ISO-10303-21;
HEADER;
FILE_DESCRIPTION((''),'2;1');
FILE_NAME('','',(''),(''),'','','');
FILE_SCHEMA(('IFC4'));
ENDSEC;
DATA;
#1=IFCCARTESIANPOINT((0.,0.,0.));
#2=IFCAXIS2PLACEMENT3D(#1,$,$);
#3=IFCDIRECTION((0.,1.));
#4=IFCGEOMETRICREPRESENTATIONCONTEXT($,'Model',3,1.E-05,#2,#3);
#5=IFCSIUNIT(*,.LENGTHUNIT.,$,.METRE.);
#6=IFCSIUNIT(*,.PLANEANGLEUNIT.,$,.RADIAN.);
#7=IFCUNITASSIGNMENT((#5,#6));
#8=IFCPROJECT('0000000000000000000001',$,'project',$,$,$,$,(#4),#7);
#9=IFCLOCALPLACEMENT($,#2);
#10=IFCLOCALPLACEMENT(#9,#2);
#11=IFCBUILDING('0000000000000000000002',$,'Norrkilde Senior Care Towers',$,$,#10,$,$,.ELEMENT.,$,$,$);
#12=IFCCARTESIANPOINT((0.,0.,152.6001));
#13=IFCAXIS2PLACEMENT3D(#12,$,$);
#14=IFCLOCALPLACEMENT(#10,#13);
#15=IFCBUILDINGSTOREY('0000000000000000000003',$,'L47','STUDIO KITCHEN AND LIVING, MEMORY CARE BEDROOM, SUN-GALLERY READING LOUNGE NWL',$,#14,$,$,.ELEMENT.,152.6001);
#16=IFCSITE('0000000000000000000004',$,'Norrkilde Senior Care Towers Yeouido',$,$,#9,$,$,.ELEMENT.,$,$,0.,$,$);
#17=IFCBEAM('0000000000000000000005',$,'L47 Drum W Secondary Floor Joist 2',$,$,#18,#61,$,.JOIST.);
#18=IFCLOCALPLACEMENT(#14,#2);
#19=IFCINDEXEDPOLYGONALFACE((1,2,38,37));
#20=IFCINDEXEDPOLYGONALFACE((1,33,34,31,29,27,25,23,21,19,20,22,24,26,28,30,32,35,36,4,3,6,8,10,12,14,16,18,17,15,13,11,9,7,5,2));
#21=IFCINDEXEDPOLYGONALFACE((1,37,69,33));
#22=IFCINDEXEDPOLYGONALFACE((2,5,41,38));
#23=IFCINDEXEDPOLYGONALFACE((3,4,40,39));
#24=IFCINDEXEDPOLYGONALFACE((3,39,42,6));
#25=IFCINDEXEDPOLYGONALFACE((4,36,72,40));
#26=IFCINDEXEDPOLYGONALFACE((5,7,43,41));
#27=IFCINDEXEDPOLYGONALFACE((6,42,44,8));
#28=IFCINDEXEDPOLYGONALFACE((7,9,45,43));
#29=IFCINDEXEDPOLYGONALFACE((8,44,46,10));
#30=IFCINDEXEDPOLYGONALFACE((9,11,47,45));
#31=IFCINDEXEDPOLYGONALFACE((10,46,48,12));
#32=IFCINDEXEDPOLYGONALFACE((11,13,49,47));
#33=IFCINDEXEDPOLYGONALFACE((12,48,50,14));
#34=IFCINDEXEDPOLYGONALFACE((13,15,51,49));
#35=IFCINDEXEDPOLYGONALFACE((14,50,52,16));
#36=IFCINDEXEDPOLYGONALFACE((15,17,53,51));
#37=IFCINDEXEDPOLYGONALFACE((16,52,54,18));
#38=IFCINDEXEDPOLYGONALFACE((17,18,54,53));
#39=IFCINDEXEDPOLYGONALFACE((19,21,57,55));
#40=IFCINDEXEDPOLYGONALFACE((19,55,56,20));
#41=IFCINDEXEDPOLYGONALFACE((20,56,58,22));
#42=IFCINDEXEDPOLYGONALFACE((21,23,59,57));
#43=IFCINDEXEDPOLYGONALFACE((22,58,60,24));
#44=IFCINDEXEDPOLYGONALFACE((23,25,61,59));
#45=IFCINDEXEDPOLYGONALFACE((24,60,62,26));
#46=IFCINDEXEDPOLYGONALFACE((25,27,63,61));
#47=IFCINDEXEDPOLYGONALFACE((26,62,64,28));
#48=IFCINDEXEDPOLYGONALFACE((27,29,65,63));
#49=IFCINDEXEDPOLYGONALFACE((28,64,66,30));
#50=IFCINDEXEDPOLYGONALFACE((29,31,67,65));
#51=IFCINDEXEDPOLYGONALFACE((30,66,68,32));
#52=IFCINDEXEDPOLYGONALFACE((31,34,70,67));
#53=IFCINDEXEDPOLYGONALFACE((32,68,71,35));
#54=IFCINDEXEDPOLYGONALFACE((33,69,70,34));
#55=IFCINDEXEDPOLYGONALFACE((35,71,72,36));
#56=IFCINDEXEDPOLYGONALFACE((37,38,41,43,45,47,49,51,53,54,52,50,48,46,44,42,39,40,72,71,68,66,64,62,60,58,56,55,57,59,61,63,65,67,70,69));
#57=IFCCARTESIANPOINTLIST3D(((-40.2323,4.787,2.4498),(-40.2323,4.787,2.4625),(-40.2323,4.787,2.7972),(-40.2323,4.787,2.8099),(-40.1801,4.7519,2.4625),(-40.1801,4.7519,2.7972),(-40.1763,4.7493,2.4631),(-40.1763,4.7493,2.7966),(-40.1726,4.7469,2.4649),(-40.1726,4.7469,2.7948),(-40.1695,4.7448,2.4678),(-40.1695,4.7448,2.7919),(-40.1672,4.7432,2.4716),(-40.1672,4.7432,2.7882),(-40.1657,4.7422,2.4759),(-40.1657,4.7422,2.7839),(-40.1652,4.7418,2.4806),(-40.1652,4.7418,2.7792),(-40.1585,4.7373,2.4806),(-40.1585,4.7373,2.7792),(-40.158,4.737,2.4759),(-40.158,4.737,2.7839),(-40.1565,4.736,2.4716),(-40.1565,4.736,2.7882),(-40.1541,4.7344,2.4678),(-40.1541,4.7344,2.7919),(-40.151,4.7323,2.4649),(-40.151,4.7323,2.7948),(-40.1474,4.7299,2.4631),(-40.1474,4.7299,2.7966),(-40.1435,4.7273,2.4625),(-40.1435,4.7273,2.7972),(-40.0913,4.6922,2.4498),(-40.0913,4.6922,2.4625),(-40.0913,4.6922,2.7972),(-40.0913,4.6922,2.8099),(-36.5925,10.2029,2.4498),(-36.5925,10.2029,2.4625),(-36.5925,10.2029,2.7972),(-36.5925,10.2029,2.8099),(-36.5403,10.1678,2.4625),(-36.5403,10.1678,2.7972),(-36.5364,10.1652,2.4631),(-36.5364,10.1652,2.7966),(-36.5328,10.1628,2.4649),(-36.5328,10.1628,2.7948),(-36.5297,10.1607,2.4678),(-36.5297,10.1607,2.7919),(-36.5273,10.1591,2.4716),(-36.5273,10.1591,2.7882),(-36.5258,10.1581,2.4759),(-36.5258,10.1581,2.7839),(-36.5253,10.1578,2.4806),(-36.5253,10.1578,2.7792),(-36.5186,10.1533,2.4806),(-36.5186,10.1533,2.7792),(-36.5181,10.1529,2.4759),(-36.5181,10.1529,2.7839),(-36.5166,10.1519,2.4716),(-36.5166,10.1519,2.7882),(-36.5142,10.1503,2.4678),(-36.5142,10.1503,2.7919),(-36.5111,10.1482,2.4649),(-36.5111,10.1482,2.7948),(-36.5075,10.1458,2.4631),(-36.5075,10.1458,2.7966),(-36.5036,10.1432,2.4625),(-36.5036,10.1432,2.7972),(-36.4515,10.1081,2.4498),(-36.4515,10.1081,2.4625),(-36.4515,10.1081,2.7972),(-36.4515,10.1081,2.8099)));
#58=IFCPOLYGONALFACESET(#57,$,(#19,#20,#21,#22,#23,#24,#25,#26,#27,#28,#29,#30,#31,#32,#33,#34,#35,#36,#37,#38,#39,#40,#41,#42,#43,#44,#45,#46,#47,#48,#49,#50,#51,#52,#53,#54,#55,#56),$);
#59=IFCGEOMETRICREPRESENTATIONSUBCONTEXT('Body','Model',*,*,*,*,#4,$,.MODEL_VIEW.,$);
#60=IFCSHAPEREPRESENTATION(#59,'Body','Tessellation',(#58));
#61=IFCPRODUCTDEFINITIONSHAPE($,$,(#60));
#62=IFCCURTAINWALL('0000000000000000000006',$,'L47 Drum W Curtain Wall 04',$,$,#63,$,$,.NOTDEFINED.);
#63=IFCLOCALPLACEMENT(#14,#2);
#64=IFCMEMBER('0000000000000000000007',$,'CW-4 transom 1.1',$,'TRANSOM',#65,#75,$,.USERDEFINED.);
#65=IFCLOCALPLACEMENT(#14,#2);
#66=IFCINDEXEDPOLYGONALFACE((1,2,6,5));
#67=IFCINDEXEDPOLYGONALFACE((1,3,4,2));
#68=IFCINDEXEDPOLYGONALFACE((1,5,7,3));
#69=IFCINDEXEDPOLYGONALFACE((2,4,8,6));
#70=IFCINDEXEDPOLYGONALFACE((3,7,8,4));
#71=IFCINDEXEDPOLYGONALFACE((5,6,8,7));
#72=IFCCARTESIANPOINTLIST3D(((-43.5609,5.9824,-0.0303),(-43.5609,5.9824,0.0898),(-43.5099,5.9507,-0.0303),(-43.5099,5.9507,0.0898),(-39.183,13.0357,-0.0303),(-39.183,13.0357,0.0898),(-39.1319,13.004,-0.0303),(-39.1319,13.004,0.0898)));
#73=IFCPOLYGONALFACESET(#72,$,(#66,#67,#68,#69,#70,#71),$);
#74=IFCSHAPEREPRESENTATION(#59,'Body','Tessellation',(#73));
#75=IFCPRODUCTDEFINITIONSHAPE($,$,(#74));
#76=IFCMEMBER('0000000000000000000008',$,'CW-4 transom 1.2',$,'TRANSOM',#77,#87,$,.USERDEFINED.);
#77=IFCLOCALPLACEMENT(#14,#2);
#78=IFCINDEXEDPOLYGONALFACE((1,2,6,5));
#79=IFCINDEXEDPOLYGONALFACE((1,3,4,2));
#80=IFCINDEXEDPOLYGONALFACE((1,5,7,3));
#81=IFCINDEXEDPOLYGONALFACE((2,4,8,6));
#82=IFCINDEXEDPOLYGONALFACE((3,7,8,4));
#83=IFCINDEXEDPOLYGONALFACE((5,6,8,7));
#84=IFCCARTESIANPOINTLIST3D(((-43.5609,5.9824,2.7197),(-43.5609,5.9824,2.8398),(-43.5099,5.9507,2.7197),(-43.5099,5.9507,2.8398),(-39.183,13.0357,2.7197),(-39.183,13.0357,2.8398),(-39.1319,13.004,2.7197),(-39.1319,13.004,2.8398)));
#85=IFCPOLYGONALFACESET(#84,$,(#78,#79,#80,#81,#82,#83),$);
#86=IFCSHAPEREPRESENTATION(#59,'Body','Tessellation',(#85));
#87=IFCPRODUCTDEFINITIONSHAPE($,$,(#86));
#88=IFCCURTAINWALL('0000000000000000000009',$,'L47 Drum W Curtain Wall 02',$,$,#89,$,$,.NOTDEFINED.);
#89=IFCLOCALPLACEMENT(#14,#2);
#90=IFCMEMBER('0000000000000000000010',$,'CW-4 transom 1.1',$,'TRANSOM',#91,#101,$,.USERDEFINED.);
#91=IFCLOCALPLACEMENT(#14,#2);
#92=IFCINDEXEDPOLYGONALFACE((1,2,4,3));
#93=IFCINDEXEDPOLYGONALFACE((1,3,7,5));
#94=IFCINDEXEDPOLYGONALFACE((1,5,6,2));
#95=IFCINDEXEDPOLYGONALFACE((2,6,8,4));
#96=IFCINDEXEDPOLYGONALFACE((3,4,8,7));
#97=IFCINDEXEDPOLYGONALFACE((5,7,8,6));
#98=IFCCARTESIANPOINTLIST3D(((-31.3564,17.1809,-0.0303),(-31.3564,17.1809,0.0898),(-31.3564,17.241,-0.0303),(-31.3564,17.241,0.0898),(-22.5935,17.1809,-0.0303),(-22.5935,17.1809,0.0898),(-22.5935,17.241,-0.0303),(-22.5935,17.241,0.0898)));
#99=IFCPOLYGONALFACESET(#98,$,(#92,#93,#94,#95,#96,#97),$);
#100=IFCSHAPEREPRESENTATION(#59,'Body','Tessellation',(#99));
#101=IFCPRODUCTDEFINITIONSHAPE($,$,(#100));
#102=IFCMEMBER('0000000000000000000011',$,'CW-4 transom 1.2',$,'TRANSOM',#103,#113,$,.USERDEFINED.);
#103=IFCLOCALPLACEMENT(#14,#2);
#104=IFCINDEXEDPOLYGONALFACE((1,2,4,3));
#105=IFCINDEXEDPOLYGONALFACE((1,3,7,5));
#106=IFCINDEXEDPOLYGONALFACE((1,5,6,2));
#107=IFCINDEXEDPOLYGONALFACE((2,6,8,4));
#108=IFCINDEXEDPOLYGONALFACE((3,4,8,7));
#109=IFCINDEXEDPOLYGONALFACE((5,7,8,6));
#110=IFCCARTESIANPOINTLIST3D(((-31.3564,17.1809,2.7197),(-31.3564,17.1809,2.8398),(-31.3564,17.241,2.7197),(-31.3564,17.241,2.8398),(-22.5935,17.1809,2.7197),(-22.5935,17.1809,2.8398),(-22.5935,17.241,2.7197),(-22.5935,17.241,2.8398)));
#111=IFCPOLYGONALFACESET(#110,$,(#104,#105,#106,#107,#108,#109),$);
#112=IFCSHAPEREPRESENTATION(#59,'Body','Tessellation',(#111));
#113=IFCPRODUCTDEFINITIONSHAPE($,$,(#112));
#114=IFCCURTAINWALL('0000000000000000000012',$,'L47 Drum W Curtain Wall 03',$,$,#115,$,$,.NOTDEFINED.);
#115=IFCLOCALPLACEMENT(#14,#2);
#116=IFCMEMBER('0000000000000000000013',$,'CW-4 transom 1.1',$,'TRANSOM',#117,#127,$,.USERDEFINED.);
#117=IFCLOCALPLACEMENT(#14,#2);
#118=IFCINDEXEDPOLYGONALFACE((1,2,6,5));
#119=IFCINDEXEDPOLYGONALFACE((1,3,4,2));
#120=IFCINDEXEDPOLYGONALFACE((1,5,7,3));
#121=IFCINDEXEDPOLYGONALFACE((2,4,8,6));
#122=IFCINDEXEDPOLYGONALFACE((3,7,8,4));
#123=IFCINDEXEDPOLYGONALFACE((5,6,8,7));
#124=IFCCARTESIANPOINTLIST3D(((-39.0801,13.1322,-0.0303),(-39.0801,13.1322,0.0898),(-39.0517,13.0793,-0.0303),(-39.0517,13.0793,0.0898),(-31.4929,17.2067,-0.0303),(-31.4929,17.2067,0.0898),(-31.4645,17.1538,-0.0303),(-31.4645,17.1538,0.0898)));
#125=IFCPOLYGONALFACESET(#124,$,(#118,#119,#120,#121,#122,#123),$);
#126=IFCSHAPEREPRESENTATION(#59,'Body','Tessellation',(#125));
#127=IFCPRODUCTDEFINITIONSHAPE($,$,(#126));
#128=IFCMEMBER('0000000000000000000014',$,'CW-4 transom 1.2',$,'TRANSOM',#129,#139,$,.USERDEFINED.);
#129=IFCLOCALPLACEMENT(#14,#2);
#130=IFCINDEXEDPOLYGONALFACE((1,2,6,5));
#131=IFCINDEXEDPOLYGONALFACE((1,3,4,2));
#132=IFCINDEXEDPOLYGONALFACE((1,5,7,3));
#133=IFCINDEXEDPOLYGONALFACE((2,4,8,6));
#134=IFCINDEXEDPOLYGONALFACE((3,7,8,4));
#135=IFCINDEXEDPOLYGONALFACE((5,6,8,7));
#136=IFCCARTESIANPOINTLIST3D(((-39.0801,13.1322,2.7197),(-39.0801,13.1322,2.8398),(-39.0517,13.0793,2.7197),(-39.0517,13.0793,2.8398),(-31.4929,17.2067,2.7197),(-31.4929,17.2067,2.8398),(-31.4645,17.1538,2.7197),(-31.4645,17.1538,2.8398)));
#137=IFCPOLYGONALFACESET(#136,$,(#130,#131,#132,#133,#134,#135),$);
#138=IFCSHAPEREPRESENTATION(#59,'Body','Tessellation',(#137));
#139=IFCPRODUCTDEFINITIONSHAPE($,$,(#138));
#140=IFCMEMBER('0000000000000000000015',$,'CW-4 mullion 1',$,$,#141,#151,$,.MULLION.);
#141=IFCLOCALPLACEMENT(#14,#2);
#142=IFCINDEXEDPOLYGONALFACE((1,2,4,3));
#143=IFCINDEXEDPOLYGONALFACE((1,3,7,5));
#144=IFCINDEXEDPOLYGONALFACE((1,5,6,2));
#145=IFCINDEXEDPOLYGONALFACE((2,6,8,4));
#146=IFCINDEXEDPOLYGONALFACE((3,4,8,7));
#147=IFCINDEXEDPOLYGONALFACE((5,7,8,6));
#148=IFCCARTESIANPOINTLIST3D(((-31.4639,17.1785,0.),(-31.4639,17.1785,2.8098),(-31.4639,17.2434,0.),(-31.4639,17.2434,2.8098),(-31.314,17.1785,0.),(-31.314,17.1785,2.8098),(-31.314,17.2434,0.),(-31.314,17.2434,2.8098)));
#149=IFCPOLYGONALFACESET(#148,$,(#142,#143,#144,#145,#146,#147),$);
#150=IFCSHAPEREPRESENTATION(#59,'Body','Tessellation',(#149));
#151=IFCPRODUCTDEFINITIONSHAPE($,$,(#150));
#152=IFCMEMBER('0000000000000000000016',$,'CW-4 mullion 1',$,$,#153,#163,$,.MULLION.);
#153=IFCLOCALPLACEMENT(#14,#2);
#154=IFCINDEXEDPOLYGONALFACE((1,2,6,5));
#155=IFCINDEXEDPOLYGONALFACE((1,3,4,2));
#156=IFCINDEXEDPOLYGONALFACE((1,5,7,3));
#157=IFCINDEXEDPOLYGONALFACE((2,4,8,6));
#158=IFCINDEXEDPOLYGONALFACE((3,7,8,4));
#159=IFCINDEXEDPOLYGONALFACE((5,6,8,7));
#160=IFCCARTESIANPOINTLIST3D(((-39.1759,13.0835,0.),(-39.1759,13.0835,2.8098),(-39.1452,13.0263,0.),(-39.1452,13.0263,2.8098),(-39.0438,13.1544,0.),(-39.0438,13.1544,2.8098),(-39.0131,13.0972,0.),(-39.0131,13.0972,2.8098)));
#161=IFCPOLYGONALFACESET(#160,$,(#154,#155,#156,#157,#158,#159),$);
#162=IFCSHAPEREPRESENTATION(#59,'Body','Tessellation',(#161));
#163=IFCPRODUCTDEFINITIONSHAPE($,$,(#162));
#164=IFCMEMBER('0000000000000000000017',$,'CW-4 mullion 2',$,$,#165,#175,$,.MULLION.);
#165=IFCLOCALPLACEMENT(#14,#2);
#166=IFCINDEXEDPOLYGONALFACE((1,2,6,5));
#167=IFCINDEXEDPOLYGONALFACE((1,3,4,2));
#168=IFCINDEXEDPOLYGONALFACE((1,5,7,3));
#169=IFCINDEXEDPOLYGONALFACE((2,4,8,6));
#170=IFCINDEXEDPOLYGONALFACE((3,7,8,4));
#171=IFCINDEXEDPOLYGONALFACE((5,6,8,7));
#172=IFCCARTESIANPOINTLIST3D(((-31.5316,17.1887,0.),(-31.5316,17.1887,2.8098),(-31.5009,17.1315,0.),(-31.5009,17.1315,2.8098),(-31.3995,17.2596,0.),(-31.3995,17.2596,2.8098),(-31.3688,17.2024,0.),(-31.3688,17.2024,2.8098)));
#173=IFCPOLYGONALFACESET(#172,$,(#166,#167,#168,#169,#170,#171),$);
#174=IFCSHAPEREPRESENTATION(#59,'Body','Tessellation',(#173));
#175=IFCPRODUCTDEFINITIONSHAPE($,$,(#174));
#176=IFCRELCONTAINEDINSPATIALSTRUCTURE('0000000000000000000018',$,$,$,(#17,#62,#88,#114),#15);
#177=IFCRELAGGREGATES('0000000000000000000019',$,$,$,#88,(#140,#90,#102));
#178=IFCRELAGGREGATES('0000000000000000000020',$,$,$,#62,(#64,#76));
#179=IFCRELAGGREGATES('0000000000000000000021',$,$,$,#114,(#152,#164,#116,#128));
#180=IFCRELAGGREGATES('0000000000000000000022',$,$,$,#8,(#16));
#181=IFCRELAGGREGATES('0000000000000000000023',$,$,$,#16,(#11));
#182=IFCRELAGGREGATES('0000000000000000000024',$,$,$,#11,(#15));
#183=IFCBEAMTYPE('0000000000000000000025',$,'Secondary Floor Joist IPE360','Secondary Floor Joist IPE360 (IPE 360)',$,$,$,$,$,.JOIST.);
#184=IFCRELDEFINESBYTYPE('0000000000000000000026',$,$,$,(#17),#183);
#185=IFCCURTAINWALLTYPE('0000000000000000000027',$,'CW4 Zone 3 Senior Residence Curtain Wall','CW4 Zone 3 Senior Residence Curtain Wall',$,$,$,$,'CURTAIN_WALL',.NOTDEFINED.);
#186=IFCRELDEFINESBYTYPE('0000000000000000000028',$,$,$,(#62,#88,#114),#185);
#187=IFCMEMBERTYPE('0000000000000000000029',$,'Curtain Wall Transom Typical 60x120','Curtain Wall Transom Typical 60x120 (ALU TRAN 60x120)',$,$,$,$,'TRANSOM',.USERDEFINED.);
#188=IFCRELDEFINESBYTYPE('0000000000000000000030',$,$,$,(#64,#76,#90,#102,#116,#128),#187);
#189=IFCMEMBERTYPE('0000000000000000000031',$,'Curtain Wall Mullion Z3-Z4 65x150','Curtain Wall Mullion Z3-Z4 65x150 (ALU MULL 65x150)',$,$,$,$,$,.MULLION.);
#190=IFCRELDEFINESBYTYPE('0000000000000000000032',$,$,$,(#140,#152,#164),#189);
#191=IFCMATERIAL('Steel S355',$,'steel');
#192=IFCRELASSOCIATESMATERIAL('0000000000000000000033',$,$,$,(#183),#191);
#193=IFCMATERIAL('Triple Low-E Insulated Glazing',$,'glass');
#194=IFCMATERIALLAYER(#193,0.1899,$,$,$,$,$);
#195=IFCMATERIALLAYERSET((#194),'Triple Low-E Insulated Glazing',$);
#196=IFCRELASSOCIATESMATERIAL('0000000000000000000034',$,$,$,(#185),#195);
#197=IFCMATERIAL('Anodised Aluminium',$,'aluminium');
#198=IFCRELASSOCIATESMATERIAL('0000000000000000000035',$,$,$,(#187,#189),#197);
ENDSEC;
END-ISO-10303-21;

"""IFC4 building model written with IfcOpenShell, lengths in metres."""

from ifc_helpers import new_model, si_unit, direction, frame, origin, origin_2d, place, context, subcontext, project, spatial, rectangle, i_section, extrude, source, transform, mapped, material, layer, layer_set, material_profile, profile_set, type_object, type_shapes, element, aggregate, save


model = new_model("IFC4")

# Units and contexts
model_context = context("Model", 3, precision=1e-05, world=origin(), true_north=direction((0.0, 1.0)))
body_context = subcontext(model_context, "Body", "Model", "MODEL_VIEW")
ifc_project = project(units=[si_unit("LENGTHUNIT", "METRE"), si_unit("PLANEANGLEUNIT", "RADIAN")], contexts=[model_context])

# Site, building, storey
site_placement = place(None, origin())
site = spatial("IfcSite", under=ifc_project, at=site_placement, Name="Norrkilde Senior Care Towers Yeouido", CompositionType="ELEMENT", RefElevation=0.0)
building_placement = place(site_placement, origin())
building = spatial("IfcBuilding", under=site, at=building_placement, Name="Norrkilde Senior Care Towers", CompositionType="ELEMENT")
storey_placement = place(building_placement, frame((0.0, 0.0, 152.6001)))
storey = spatial("IfcBuildingStorey", under=building, at=storey_placement, Name="L47", Description="STUDIO KITCHEN AND LIVING, MEMORY CARE BEDROOM, SUN-GALLERY READING LOUNGE NWL", CompositionType="ELEMENT", Elevation=152.6001)

# Beam
ifc_material_1 = material(Name="Steel S355", Category="steel")
ifc_material_profile_1 = material_profile(ifc_material_1, i_section(OverallWidth=0.1699, OverallDepth=0.3601, WebThickness=0.0081, FlangeThickness=0.0127, FilletRadius=0.0181, at=origin_2d()), Name="IPE 360")
ifc_profile_set_1 = profile_set([ifc_material_profile_1], Name="Steel S355")
beam_type_1 = type_object("IfcBeamType", Name="Secondary Floor Joist IPE360", Description="Secondary Floor Joist IPE360 (IPE 360)", PredefinedType="JOIST", material=ifc_profile_set_1)
shared_shape_1 = source(origin(), body_context, "Body", "SweptSolid", [
    extrude(i_section(OverallWidth=0.1699, OverallDepth=0.3601, WebThickness=0.0081, FlangeThickness=0.0127, FilletRadius=0.0181, at=origin_2d()), origin(), (0.0, 0.0, 1.0), 6.5254),
])
type_shapes(beam_type_1, [shared_shape_1])
beam_1_placement = place(storey_placement, frame((-36.522, 10.1555, 2.6299), z_axis=(-0.557796, -0.829978, 0.0), x_axis=(0.829978, -0.557796, 0.0)))
element("IfcBeam", 1, at=beam_1_placement, inside=storey, type_object=beam_type_1, Name="L47 Drum W Secondary Floor Joist 2", PredefinedType="JOIST", context=body_context, shape_type="MappedRepresentation", body=[
    mapped(shared_shape_1, transform((0.0, 0.0, 0.0), x_axis=(1.0, 0.0, 0.0), y_axis=(0.0, 1.0, 0.0), z_axis=(0.0, 0.0, 1.0), scale=1.0)),
])

# Curtain walls, members
ifc_material_2 = material(Name="Triple Low-E Insulated Glazing", Category="glass")
ifc_layer_1 = layer(ifc_material_2, 0.1899)
ifc_layer_set_1 = layer_set([ifc_layer_1], Name="Triple Low-E Insulated Glazing")
curtain_wall_type = type_object("IfcCurtainWallType", Name="CW4 Zone 3 Senior Residence Curtain Wall", Description="CW4 Zone 3 Senior Residence Curtain Wall", ElementType="CURTAIN_WALL", PredefinedType="NOTDEFINED", material=ifc_layer_set_1)
curtain_wall_1_placement = place(storey_placement, origin())
curtain_wall_1 = element("IfcCurtainWall", 2, at=curtain_wall_1_placement, inside=storey, type_object=curtain_wall_type, Name="L47 Drum W Curtain Wall 04", PredefinedType="NOTDEFINED")
ifc_material_3 = material(Name="Anodised Aluminium", Category="aluminium")
ifc_material_profile_2 = material_profile(ifc_material_3, rectangle(XDim=0.0601, YDim=0.1201, at=origin_2d()), Name="ALU TRAN 60x120")
ifc_profile_set_2 = profile_set([ifc_material_profile_2], Name="Anodised Aluminium")
member_type_1 = type_object("IfcMemberType", Name="Curtain Wall Transom Typical 60x120", Description="Curtain Wall Transom Typical 60x120 (ALU TRAN 60x120)", ElementType="TRANSOM", PredefinedType="USERDEFINED", material=ifc_profile_set_2)
shared_shape_2 = source(origin(), body_context, "Body", "SweptSolid", [
    extrude(rectangle(XDim=0.0601, YDim=0.1201, at=origin_2d()), origin(), (0.0, 0.0, 1.0), 8.3015),
])
member_1_placement = place(storey_placement, frame((-43.5354, 5.9666, 0.0298), z_axis=(0.527369, 0.849637, 0.0), x_axis=(-0.849637, 0.527369, 0.0)))
member_1 = element("IfcMember", 3, at=member_1_placement, type_object=member_type_1, Name="CW-4 transom 1.1", ObjectType="TRANSOM", PredefinedType="USERDEFINED", context=body_context, shape_type="MappedRepresentation", body=[
    mapped(shared_shape_2, transform((0.0, 0.0, 0.0), x_axis=(1.0, 0.0, 0.0), y_axis=(0.0, 1.0, 0.0), z_axis=(0.0, 0.0, 1.0), scale=1.0)),
])
member_2_placement = place(storey_placement, frame((-43.5354, 5.9666, 2.7798), z_axis=(0.527369, 0.849637, 0.0), x_axis=(-0.849637, 0.527369, 0.0)))
member_2 = element("IfcMember", 4, at=member_2_placement, type_object=member_type_1, Name="CW-4 transom 1.2", ObjectType="TRANSOM", PredefinedType="USERDEFINED", context=body_context, shape_type="MappedRepresentation", body=[
    mapped(shared_shape_2, transform((0.0, 0.0, 0.0), x_axis=(1.0, 0.0, 0.0), y_axis=(0.0, 1.0, 0.0), z_axis=(0.0, 0.0, 1.0), scale=1.0)),
])
curtain_wall_2_placement = place(storey_placement, origin())
curtain_wall_2 = element("IfcCurtainWall", 5, at=curtain_wall_2_placement, inside=storey, type_object=curtain_wall_type, Name="L47 Drum W Curtain Wall 02", PredefinedType="NOTDEFINED")
shared_shape_3 = source(origin(), body_context, "Body", "SweptSolid", [
    extrude(rectangle(XDim=0.0601, YDim=0.1201, at=origin_2d()), origin(), (0.0, 0.0, 1.0), 8.7629),
])
member_3_placement = place(storey_placement, frame((-31.3564, 17.2109, 0.0298), z_axis=(1.0, 0.0, 0.0), x_axis=(0.0, 1.0, 0.0)))
member_3 = element("IfcMember", 6, at=member_3_placement, type_object=member_type_1, Name="CW-4 transom 1.1", ObjectType="TRANSOM", PredefinedType="USERDEFINED", context=body_context, shape_type="MappedRepresentation", body=[
    mapped(shared_shape_3, transform((0.0, 0.0, 0.0), x_axis=(1.0, 0.0, 0.0), y_axis=(0.0, 1.0, 0.0), z_axis=(0.0, 0.0, 1.0), scale=1.0)),
])
member_4_placement = place(storey_placement, frame((-31.3564, 17.2109, 2.7798), z_axis=(1.0, 0.0, 0.0), x_axis=(0.0, 1.0, 0.0)))
member_4 = element("IfcMember", 7, at=member_4_placement, type_object=member_type_1, Name="CW-4 transom 1.2", ObjectType="TRANSOM", PredefinedType="USERDEFINED", context=body_context, shape_type="MappedRepresentation", body=[
    mapped(shared_shape_3, transform((0.0, 0.0, 0.0), x_axis=(1.0, 0.0, 0.0), y_axis=(0.0, 1.0, 0.0), z_axis=(0.0, 0.0, 1.0), scale=1.0)),
])
curtain_wall_3_placement = place(storey_placement, origin())
curtain_wall_3 = element("IfcCurtainWall", 8, at=curtain_wall_3_placement, inside=storey, type_object=curtain_wall_type, Name="L47 Drum W Curtain Wall 03", PredefinedType="NOTDEFINED")
shared_shape_4 = source(origin(), body_context, "Body", "SweptSolid", [
    extrude(rectangle(XDim=0.0601, YDim=0.1201, at=origin_2d()), origin(), (0.0, 0.0, 1.0), 8.6121),
])
type_shapes(member_type_1, [shared_shape_2, shared_shape_3, shared_shape_4])
member_5_placement = place(storey_placement, frame((-39.0659, 13.1057, 0.0298), z_axis=(0.881, 0.473116, 0.0), x_axis=(-0.473116, 0.881, 0.0)))
member_5 = element("IfcMember", 9, at=member_5_placement, type_object=member_type_1, Name="CW-4 transom 1.1", ObjectType="TRANSOM", PredefinedType="USERDEFINED", context=body_context, shape_type="MappedRepresentation", body=[
    mapped(shared_shape_4, transform((0.0, 0.0, 0.0), x_axis=(1.0, 0.0, 0.0), y_axis=(0.0, 1.0, 0.0), z_axis=(0.0, 0.0, 1.0), scale=1.0)),
])
member_6_placement = place(storey_placement, frame((-39.0659, 13.1057, 2.7798), z_axis=(0.881, 0.473116, 0.0), x_axis=(-0.473116, 0.881, 0.0)))
member_6 = element("IfcMember", 10, at=member_6_placement, type_object=member_type_1, Name="CW-4 transom 1.2", ObjectType="TRANSOM", PredefinedType="USERDEFINED", context=body_context, shape_type="MappedRepresentation", body=[
    mapped(shared_shape_4, transform((0.0, 0.0, 0.0), x_axis=(1.0, 0.0, 0.0), y_axis=(0.0, 1.0, 0.0), z_axis=(0.0, 0.0, 1.0), scale=1.0)),
])

# Members
ifc_material_profile_3 = material_profile(ifc_material_3, rectangle(XDim=0.0649, YDim=0.1499, at=origin_2d()), Name="ALU MULL 65x150")
ifc_profile_set_3 = profile_set([ifc_material_profile_3], Name="Anodised Aluminium")
member_type_2 = type_object("IfcMemberType", Name="Curtain Wall Mullion Z3-Z4 65x150", Description="Curtain Wall Mullion Z3-Z4 65x150 (ALU MULL 65x150)", PredefinedType="MULLION", material=ifc_profile_set_3)
shared_shape_5 = source(origin(), body_context, "Body", "SweptSolid", [
    extrude(rectangle(XDim=0.0649, YDim=0.1499, at=origin_2d()), origin(), (0.0, 0.0, 1.0), 2.8098),
])
type_shapes(member_type_2, [shared_shape_5])
member_7_placement = place(storey_placement, frame((-31.3889, 17.2109, 0.0), z_axis=(0.0, 0.0, 1.0), x_axis=(0.0, 1.0, 0.0)))
member_7 = element("IfcMember", 11, at=member_7_placement, type_object=member_type_2, Name="CW-4 mullion 1", PredefinedType="MULLION", context=body_context, shape_type="MappedRepresentation", body=[
    mapped(shared_shape_5, transform((0.0, 0.0, 0.0), x_axis=(1.0, 0.0, 0.0), y_axis=(0.0, 1.0, 0.0), z_axis=(0.0, 0.0, 1.0), scale=1.0)),
])
aggregate(curtain_wall_2, [member_7, member_3, member_4])
member_8_placement = place(storey_placement, frame((-39.0945, 13.0903, 0.0), z_axis=(0.0, 0.0, 1.0), x_axis=(-0.473117, 0.881, 0.0)))
member_8 = element("IfcMember", 12, at=member_8_placement, type_object=member_type_2, Name="CW-4 mullion 1", PredefinedType="MULLION", context=body_context, shape_type="MappedRepresentation", body=[
    mapped(shared_shape_5, transform((0.0, 0.0, 0.0), x_axis=(1.0, 0.0, 0.0), y_axis=(0.0, 1.0, 0.0), z_axis=(0.0, 0.0, 1.0), scale=1.0)),
])
member_9_placement = place(storey_placement, frame((-31.4502, 17.1956, 0.0), z_axis=(0.0, 0.0, 1.0), x_axis=(-0.473117, 0.881, 0.0)))
member_9 = element("IfcMember", 13, at=member_9_placement, type_object=member_type_2, Name="CW-4 mullion 2", PredefinedType="MULLION", context=body_context, shape_type="MappedRepresentation", body=[
    mapped(shared_shape_5, transform((0.0, 0.0, 0.0), x_axis=(1.0, 0.0, 0.0), y_axis=(0.0, 1.0, 0.0), z_axis=(0.0, 0.0, 1.0), scale=1.0)),
])

aggregate(curtain_wall_1, [member_1, member_2])
aggregate(curtain_wall_3, [member_8, member_9, member_5, member_6])

save(model, "model.ifc")
